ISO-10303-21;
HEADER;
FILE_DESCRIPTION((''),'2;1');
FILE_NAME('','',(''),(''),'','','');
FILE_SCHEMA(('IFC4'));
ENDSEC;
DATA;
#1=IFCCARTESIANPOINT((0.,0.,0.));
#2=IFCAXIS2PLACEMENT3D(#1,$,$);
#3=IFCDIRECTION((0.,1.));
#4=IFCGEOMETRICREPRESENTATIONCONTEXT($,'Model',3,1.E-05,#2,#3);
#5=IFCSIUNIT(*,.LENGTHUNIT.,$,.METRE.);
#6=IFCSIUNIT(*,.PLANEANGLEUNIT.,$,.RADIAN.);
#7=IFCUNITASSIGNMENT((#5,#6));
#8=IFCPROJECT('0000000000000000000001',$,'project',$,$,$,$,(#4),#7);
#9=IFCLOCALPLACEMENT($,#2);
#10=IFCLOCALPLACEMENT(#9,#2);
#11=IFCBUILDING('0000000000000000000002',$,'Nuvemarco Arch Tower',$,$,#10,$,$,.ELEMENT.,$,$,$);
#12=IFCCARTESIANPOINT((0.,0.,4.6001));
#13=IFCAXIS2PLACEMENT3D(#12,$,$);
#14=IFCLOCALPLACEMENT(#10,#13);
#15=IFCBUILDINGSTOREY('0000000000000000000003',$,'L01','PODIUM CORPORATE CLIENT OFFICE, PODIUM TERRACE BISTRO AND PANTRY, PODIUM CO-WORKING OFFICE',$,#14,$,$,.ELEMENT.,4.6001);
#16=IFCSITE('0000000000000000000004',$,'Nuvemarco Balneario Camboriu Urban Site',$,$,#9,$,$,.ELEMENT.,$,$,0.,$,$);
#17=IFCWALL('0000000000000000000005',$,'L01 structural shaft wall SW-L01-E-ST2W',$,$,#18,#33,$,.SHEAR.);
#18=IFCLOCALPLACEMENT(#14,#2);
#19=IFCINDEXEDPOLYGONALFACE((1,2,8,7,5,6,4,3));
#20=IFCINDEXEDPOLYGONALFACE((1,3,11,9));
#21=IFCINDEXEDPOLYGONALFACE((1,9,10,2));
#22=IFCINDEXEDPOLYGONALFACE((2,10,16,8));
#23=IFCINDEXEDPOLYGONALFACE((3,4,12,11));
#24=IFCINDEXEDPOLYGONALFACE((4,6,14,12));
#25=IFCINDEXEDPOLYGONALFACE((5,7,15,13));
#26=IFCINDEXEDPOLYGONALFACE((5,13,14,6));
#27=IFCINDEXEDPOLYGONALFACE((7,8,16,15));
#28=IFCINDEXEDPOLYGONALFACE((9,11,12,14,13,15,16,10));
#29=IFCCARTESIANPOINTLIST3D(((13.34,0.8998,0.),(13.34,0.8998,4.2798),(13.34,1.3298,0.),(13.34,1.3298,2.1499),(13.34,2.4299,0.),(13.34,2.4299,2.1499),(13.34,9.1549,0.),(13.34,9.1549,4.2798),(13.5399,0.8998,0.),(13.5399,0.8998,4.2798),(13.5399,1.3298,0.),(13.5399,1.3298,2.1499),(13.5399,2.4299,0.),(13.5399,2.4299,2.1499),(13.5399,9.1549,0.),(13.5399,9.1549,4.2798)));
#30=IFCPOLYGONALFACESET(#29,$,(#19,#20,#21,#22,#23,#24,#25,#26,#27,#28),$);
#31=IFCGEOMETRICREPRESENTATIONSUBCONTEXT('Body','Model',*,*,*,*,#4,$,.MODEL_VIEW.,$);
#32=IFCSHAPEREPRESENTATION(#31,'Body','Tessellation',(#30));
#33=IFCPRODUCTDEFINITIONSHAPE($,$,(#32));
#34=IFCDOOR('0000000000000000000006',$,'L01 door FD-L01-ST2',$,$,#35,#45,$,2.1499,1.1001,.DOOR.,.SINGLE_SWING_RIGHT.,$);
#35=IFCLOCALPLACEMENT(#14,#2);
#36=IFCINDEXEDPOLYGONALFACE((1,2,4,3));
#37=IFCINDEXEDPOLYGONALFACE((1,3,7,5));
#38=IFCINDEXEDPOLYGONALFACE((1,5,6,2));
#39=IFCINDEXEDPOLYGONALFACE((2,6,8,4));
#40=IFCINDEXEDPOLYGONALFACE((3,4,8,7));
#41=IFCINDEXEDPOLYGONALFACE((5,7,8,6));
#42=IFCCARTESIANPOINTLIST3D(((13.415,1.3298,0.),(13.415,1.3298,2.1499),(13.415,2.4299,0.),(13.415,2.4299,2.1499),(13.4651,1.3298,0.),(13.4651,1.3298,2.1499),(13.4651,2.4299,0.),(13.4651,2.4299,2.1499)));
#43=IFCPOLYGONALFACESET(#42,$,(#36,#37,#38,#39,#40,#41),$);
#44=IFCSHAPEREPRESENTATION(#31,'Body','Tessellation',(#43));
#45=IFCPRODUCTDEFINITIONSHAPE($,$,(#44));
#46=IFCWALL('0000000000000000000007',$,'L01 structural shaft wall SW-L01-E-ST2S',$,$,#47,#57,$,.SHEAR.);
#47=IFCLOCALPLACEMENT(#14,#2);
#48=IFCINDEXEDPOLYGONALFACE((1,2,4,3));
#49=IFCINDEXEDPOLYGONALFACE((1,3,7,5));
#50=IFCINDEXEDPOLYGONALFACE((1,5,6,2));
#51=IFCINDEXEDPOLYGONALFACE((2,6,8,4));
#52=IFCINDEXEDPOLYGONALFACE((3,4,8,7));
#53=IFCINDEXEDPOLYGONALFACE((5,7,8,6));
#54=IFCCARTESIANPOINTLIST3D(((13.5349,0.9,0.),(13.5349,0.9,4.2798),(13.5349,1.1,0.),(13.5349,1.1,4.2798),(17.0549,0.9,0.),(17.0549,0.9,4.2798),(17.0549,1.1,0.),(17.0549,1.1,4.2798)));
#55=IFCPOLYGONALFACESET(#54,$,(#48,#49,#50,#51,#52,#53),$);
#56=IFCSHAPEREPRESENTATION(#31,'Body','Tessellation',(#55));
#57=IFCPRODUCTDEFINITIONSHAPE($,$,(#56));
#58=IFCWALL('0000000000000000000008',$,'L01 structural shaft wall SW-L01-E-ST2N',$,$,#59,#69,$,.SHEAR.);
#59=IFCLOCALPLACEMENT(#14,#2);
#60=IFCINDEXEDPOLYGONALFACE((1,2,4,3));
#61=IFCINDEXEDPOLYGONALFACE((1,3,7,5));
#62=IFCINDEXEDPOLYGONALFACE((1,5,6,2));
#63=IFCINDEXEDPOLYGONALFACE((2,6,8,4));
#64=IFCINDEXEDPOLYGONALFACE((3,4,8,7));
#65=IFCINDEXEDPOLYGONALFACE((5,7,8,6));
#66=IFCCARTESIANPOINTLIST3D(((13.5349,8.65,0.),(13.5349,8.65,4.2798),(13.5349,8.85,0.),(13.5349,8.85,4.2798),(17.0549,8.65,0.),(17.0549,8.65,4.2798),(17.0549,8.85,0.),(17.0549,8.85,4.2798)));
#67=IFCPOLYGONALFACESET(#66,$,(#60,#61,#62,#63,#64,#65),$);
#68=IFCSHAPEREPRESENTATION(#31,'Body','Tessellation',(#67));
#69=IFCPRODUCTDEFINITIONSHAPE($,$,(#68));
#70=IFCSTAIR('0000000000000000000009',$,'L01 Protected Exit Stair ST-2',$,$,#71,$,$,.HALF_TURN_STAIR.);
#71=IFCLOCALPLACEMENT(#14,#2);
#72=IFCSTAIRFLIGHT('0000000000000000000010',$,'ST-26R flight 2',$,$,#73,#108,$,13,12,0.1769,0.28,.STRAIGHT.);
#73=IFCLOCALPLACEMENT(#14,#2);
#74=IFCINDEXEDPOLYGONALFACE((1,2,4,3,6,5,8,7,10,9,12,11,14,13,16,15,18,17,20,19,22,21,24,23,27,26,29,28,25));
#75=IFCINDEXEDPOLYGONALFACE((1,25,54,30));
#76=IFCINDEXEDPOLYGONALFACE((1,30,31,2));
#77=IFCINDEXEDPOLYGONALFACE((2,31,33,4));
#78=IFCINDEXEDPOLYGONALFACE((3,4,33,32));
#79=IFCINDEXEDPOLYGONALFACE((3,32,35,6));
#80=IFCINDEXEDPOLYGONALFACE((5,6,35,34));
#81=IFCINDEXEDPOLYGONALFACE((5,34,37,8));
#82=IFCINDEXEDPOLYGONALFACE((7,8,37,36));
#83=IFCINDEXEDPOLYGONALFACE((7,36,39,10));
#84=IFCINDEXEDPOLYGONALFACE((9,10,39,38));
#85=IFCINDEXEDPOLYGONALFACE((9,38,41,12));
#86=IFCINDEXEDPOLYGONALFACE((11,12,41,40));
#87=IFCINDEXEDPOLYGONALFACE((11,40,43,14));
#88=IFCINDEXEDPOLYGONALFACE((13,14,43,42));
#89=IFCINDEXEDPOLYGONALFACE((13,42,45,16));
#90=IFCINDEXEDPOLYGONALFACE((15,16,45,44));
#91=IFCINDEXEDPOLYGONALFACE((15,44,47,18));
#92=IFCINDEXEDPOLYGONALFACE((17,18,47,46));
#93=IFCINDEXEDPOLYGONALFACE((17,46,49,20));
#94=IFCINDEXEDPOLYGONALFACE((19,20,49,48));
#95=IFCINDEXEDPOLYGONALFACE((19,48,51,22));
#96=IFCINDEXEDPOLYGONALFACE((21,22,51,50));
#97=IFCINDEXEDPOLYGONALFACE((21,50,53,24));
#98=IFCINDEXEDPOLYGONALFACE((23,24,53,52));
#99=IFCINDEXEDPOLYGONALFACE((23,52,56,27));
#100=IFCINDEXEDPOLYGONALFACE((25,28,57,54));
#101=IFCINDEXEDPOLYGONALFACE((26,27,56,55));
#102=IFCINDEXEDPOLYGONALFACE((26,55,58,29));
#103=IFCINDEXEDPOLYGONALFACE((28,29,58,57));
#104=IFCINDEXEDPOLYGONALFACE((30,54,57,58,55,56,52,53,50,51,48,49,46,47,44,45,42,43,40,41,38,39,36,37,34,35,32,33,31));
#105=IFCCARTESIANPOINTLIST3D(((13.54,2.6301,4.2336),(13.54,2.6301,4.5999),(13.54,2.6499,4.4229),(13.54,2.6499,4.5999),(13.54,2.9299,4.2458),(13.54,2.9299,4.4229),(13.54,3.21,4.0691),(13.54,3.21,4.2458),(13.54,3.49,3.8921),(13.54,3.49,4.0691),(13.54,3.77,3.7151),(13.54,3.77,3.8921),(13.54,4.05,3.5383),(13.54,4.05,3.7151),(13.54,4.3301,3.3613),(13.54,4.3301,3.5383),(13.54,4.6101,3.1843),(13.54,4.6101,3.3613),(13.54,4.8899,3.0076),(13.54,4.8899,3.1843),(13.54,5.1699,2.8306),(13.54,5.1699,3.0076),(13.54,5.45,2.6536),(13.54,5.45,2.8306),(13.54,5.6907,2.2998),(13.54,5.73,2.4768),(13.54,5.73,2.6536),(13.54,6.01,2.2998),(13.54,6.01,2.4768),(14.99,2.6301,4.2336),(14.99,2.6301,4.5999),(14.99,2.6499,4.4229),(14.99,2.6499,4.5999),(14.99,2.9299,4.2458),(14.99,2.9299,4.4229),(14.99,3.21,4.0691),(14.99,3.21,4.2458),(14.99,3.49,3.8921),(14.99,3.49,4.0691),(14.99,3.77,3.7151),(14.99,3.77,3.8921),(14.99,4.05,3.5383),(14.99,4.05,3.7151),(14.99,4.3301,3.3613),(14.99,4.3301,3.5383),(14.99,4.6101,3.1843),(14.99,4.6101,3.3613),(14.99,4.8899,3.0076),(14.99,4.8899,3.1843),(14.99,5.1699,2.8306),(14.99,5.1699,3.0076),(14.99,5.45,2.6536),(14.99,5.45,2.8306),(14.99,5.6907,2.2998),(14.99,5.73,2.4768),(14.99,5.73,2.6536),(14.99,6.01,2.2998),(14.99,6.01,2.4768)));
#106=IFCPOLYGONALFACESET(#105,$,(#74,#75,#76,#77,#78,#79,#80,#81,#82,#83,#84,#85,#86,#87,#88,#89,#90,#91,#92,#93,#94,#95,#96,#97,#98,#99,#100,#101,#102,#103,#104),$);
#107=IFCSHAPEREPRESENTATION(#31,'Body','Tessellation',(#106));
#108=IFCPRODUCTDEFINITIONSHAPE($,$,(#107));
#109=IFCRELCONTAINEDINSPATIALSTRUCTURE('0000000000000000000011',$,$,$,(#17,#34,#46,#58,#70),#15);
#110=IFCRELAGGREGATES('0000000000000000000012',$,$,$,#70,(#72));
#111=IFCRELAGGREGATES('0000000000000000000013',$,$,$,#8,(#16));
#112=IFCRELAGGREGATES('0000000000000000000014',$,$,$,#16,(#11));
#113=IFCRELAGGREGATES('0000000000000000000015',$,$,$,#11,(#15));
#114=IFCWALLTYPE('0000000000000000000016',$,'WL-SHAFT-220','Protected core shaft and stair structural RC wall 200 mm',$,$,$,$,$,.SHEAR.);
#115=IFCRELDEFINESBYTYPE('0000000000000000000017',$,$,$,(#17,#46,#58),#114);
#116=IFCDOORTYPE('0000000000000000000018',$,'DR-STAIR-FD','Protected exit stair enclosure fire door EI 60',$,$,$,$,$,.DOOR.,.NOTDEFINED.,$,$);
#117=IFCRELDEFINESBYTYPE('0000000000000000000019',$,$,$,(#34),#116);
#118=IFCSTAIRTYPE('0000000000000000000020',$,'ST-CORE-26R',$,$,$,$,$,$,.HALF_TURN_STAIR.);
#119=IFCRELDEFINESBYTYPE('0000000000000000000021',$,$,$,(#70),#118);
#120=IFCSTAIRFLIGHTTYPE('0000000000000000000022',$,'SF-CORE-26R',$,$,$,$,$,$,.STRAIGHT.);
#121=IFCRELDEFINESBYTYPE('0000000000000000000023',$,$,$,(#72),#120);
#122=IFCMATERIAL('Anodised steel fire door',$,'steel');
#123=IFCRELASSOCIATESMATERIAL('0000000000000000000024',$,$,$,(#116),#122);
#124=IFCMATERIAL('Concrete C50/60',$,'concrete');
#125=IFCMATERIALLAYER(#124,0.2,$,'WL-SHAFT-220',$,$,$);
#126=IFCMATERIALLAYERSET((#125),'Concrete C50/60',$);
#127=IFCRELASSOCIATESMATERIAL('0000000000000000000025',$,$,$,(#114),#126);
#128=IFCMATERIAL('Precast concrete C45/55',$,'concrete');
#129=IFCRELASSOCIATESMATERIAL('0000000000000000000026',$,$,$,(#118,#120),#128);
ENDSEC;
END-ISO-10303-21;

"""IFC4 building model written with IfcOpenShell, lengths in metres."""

from ifc_helpers import new_model, si_unit, direction, frame, frame_2d, origin, place, context, subcontext, project, spatial, polyline, rectangle, outline, extrude, source, transform, mapped, material, layer, layer_set, type_object, type_shapes, element, fill, aggregate, save


model = new_model("IFC4")

# Units and contexts
model_context = context("Model", 3, precision=1e-05, world=origin(), true_north=direction((0.0, 1.0)))
body_context = subcontext(model_context, "Body", "Model", "MODEL_VIEW")
ifc_project = project(units=[si_unit("LENGTHUNIT", "METRE"), si_unit("PLANEANGLEUNIT", "RADIAN")], contexts=[model_context])

# Site, building, storey
site_placement = place(None, origin())
site = spatial("IfcSite", under=ifc_project, at=site_placement, Name="Nuvemarco Balneario Camboriu Urban Site", CompositionType="ELEMENT", RefElevation=0.0)
building_placement = place(site_placement, origin())
building = spatial("IfcBuilding", under=site, at=building_placement, Name="Nuvemarco Arch Tower", CompositionType="ELEMENT")
storey_placement = place(building_placement, frame((0.0, 0.0, 4.6001)))
storey = spatial("IfcBuildingStorey", under=building, at=storey_placement, Name="L01", Description="PODIUM CORPORATE CLIENT OFFICE, PODIUM TERRACE BISTRO AND PANTRY, PODIUM CO-WORKING OFFICE", CompositionType="ELEMENT", Elevation=4.6001)

# Shared definitions
ifc_material_1 = material(Name="Anodised steel fire door", Category="steel")
door_type_1 = type_object("IfcDoorType", Name="DR-STAIR-FD", Description="Protected exit stair enclosure fire door EI 60", OperationType="NOTDEFINED", PredefinedType="DOOR", material=ifc_material_1)
shared_shape_1 = source(origin(), body_context, "Body", "SweptSolid", [
    extrude(rectangle(XDim=1.1001, YDim=2.1499, at=frame_2d((0.55, 1.075))), frame((0.0, 0.0249, 0.0), z_axis=(0.0, -1.0, 0.0), x_axis=(1.0, 0.0, 0.0)), (0.0, 0.0, 1.0), 0.05),
])
type_shapes(door_type_1, [shared_shape_1])

# Wall, opening, door
ifc_material_2 = material(Name="Concrete C50/60", Category="concrete")
ifc_layer_1 = layer(ifc_material_2, 0.2, Name="WL-SHAFT-220")
ifc_layer_set_1 = layer_set([ifc_layer_1], Name="Concrete C50/60")
wall_type_1 = type_object("IfcWallType", Name="WL-SHAFT-220", Description="Protected core shaft and stair structural RC wall 200 mm", PredefinedType="SHEAR", material=ifc_layer_set_1)
wall_1_placement = place(storey_placement, frame((13.4399, 0.8999, 0.0), z_axis=(0.0, 0.0, 1.0), x_axis=(0.0, 1.0, 0.0)))
wall_1 = element("IfcWall", 1, at=wall_1_placement, inside=storey, type_object=wall_type_1, Name="L01 structural shaft wall SW-L01-E-ST2W", PredefinedType="SHEAR", context=body_context, shape_type="SweptSolid", body=[
    extrude(rectangle(XDim=8.2551, YDim=0.2, at=frame_2d((4.1274, 0.0))), origin(), (0.0, 0.0, 1.0), 4.2798),
])
opening_1_placement = place(wall_1_placement, frame((0.4299, 0.0, 0.0)))
opening_1 = element("IfcOpeningElement", 2, at=opening_1_placement, cuts=wall_1, PredefinedType="OPENING", context=body_context, shape_type="SweptSolid", body=[
    extrude(rectangle(XDim=1.1001, YDim=2.1499, at=frame_2d((0.55, 1.075))), frame((0.0, 0.1099, 0.0), z_axis=(0.0, -1.0, 0.0), x_axis=(1.0, 0.0, 0.0)), (0.0, 0.0, 1.0), 0.22),
])
door_1_placement = place(opening_1_placement, origin())
door_1 = element("IfcDoor", 3, at=door_1_placement, inside=storey, type_object=door_type_1, Name="L01 door FD-L01-ST2", OperationType="SINGLE_SWING_RIGHT", OverallHeight=2.1499, OverallWidth=1.1001, PredefinedType="DOOR", context=body_context, shape_type="MappedRepresentation", body=[
    mapped(shared_shape_1, transform((0.0, 0.0, 0.0), scale=1.0)),
])
fill(opening_1, door_1)

# Walls
for number, where, z_axis, x_axis, name in (
    (4, (13.5349, 1.0, 0.0), (0.0, 0.0, 1.0), (1.0, 0.0, 0.0), "L01 structural shaft wall SW-L01-E-ST2S"),
    (5, (13.5349, 8.75, 0.0), (0.0, 0.0, 1.0), (1.0, 0.0, 0.0), "L01 structural shaft wall SW-L01-E-ST2N"),
):
    element("IfcWall", number, at=place(storey_placement, frame(where, z_axis=z_axis, x_axis=x_axis)), inside=storey, type_object=wall_type_1, Name=name, PredefinedType="SHEAR", context=body_context, shape_type="SweptSolid", body=[
        extrude(rectangle(XDim=3.52, YDim=0.2, at=frame_2d((1.76, 0.0))), origin(), (0.0, 0.0, 1.0), 4.2798),
    ])

# Stair, stair flight
ifc_material_3 = material(Name="Precast concrete C45/55", Category="concrete")
stair_type = type_object("IfcStairType", Name="ST-CORE-26R", PredefinedType="HALF_TURN_STAIR", material=ifc_material_3)
stair_placement = place(storey_placement, origin())
stair = element("IfcStair", 6, at=stair_placement, inside=storey, type_object=stair_type, Name="L01 Protected Exit Stair ST-2", PredefinedType="HALF_TURN_STAIR")
stair_flight_type = type_object("IfcStairFlightType", Name="SF-CORE-26R", PredefinedType="STRAIGHT", material=ifc_material_3)
stair_flight_placement = place(storey_placement, frame((14.2649, 6.01, 2.2998), z_axis=(0.0, 0.0, 1.0), x_axis=(0.0, -1.0, 0.0)))
stair_flight = element("IfcStairFlight", 7, at=stair_flight_placement, type_object=stair_flight_type, Name="ST-26R flight 2", NumberOfRisers=13, NumberOfTreads=12, PredefinedType="STRAIGHT", RiserHeight=0.1769, TreadLength=0.28, context=body_context, shape_type="SweptSolid", body=[
    extrude(outline(polyline([(0.0, 0.0), (0.0, 0.177), (0.28, 0.177), (0.28, 0.3538), (0.5601, 0.3538), (0.5601, 0.5308), (0.8401, 0.5308), (0.8401, 0.7078), (1.1201, 0.7078), (1.1201, 0.8845), (1.3999, 0.8845), (1.3999, 1.0615), (1.6799, 1.0615), (1.6799, 1.2385), (1.96, 1.2385), (1.96, 1.4153), (2.24, 1.4153), (2.24, 1.5923), (2.52, 1.5923), (2.52, 1.7693), (2.8, 1.7693), (2.8, 1.946), (3.0801, 1.946), (3.0801, 2.123), (3.3601, 2.123), (3.3601, 2.3), (3.3799, 2.3), (3.3799, 1.9338), (0.3193, 0.0), (0.0, 0.0)])), frame((0.0, 0.7251, 0.0), z_axis=(0.0, -1.0, 0.0), x_axis=(1.0, 0.0, 0.0)), (0.0, 0.0, 1.0), 1.45),
])
aggregate(stair, [stair_flight])

save(model, "model.ifc")
